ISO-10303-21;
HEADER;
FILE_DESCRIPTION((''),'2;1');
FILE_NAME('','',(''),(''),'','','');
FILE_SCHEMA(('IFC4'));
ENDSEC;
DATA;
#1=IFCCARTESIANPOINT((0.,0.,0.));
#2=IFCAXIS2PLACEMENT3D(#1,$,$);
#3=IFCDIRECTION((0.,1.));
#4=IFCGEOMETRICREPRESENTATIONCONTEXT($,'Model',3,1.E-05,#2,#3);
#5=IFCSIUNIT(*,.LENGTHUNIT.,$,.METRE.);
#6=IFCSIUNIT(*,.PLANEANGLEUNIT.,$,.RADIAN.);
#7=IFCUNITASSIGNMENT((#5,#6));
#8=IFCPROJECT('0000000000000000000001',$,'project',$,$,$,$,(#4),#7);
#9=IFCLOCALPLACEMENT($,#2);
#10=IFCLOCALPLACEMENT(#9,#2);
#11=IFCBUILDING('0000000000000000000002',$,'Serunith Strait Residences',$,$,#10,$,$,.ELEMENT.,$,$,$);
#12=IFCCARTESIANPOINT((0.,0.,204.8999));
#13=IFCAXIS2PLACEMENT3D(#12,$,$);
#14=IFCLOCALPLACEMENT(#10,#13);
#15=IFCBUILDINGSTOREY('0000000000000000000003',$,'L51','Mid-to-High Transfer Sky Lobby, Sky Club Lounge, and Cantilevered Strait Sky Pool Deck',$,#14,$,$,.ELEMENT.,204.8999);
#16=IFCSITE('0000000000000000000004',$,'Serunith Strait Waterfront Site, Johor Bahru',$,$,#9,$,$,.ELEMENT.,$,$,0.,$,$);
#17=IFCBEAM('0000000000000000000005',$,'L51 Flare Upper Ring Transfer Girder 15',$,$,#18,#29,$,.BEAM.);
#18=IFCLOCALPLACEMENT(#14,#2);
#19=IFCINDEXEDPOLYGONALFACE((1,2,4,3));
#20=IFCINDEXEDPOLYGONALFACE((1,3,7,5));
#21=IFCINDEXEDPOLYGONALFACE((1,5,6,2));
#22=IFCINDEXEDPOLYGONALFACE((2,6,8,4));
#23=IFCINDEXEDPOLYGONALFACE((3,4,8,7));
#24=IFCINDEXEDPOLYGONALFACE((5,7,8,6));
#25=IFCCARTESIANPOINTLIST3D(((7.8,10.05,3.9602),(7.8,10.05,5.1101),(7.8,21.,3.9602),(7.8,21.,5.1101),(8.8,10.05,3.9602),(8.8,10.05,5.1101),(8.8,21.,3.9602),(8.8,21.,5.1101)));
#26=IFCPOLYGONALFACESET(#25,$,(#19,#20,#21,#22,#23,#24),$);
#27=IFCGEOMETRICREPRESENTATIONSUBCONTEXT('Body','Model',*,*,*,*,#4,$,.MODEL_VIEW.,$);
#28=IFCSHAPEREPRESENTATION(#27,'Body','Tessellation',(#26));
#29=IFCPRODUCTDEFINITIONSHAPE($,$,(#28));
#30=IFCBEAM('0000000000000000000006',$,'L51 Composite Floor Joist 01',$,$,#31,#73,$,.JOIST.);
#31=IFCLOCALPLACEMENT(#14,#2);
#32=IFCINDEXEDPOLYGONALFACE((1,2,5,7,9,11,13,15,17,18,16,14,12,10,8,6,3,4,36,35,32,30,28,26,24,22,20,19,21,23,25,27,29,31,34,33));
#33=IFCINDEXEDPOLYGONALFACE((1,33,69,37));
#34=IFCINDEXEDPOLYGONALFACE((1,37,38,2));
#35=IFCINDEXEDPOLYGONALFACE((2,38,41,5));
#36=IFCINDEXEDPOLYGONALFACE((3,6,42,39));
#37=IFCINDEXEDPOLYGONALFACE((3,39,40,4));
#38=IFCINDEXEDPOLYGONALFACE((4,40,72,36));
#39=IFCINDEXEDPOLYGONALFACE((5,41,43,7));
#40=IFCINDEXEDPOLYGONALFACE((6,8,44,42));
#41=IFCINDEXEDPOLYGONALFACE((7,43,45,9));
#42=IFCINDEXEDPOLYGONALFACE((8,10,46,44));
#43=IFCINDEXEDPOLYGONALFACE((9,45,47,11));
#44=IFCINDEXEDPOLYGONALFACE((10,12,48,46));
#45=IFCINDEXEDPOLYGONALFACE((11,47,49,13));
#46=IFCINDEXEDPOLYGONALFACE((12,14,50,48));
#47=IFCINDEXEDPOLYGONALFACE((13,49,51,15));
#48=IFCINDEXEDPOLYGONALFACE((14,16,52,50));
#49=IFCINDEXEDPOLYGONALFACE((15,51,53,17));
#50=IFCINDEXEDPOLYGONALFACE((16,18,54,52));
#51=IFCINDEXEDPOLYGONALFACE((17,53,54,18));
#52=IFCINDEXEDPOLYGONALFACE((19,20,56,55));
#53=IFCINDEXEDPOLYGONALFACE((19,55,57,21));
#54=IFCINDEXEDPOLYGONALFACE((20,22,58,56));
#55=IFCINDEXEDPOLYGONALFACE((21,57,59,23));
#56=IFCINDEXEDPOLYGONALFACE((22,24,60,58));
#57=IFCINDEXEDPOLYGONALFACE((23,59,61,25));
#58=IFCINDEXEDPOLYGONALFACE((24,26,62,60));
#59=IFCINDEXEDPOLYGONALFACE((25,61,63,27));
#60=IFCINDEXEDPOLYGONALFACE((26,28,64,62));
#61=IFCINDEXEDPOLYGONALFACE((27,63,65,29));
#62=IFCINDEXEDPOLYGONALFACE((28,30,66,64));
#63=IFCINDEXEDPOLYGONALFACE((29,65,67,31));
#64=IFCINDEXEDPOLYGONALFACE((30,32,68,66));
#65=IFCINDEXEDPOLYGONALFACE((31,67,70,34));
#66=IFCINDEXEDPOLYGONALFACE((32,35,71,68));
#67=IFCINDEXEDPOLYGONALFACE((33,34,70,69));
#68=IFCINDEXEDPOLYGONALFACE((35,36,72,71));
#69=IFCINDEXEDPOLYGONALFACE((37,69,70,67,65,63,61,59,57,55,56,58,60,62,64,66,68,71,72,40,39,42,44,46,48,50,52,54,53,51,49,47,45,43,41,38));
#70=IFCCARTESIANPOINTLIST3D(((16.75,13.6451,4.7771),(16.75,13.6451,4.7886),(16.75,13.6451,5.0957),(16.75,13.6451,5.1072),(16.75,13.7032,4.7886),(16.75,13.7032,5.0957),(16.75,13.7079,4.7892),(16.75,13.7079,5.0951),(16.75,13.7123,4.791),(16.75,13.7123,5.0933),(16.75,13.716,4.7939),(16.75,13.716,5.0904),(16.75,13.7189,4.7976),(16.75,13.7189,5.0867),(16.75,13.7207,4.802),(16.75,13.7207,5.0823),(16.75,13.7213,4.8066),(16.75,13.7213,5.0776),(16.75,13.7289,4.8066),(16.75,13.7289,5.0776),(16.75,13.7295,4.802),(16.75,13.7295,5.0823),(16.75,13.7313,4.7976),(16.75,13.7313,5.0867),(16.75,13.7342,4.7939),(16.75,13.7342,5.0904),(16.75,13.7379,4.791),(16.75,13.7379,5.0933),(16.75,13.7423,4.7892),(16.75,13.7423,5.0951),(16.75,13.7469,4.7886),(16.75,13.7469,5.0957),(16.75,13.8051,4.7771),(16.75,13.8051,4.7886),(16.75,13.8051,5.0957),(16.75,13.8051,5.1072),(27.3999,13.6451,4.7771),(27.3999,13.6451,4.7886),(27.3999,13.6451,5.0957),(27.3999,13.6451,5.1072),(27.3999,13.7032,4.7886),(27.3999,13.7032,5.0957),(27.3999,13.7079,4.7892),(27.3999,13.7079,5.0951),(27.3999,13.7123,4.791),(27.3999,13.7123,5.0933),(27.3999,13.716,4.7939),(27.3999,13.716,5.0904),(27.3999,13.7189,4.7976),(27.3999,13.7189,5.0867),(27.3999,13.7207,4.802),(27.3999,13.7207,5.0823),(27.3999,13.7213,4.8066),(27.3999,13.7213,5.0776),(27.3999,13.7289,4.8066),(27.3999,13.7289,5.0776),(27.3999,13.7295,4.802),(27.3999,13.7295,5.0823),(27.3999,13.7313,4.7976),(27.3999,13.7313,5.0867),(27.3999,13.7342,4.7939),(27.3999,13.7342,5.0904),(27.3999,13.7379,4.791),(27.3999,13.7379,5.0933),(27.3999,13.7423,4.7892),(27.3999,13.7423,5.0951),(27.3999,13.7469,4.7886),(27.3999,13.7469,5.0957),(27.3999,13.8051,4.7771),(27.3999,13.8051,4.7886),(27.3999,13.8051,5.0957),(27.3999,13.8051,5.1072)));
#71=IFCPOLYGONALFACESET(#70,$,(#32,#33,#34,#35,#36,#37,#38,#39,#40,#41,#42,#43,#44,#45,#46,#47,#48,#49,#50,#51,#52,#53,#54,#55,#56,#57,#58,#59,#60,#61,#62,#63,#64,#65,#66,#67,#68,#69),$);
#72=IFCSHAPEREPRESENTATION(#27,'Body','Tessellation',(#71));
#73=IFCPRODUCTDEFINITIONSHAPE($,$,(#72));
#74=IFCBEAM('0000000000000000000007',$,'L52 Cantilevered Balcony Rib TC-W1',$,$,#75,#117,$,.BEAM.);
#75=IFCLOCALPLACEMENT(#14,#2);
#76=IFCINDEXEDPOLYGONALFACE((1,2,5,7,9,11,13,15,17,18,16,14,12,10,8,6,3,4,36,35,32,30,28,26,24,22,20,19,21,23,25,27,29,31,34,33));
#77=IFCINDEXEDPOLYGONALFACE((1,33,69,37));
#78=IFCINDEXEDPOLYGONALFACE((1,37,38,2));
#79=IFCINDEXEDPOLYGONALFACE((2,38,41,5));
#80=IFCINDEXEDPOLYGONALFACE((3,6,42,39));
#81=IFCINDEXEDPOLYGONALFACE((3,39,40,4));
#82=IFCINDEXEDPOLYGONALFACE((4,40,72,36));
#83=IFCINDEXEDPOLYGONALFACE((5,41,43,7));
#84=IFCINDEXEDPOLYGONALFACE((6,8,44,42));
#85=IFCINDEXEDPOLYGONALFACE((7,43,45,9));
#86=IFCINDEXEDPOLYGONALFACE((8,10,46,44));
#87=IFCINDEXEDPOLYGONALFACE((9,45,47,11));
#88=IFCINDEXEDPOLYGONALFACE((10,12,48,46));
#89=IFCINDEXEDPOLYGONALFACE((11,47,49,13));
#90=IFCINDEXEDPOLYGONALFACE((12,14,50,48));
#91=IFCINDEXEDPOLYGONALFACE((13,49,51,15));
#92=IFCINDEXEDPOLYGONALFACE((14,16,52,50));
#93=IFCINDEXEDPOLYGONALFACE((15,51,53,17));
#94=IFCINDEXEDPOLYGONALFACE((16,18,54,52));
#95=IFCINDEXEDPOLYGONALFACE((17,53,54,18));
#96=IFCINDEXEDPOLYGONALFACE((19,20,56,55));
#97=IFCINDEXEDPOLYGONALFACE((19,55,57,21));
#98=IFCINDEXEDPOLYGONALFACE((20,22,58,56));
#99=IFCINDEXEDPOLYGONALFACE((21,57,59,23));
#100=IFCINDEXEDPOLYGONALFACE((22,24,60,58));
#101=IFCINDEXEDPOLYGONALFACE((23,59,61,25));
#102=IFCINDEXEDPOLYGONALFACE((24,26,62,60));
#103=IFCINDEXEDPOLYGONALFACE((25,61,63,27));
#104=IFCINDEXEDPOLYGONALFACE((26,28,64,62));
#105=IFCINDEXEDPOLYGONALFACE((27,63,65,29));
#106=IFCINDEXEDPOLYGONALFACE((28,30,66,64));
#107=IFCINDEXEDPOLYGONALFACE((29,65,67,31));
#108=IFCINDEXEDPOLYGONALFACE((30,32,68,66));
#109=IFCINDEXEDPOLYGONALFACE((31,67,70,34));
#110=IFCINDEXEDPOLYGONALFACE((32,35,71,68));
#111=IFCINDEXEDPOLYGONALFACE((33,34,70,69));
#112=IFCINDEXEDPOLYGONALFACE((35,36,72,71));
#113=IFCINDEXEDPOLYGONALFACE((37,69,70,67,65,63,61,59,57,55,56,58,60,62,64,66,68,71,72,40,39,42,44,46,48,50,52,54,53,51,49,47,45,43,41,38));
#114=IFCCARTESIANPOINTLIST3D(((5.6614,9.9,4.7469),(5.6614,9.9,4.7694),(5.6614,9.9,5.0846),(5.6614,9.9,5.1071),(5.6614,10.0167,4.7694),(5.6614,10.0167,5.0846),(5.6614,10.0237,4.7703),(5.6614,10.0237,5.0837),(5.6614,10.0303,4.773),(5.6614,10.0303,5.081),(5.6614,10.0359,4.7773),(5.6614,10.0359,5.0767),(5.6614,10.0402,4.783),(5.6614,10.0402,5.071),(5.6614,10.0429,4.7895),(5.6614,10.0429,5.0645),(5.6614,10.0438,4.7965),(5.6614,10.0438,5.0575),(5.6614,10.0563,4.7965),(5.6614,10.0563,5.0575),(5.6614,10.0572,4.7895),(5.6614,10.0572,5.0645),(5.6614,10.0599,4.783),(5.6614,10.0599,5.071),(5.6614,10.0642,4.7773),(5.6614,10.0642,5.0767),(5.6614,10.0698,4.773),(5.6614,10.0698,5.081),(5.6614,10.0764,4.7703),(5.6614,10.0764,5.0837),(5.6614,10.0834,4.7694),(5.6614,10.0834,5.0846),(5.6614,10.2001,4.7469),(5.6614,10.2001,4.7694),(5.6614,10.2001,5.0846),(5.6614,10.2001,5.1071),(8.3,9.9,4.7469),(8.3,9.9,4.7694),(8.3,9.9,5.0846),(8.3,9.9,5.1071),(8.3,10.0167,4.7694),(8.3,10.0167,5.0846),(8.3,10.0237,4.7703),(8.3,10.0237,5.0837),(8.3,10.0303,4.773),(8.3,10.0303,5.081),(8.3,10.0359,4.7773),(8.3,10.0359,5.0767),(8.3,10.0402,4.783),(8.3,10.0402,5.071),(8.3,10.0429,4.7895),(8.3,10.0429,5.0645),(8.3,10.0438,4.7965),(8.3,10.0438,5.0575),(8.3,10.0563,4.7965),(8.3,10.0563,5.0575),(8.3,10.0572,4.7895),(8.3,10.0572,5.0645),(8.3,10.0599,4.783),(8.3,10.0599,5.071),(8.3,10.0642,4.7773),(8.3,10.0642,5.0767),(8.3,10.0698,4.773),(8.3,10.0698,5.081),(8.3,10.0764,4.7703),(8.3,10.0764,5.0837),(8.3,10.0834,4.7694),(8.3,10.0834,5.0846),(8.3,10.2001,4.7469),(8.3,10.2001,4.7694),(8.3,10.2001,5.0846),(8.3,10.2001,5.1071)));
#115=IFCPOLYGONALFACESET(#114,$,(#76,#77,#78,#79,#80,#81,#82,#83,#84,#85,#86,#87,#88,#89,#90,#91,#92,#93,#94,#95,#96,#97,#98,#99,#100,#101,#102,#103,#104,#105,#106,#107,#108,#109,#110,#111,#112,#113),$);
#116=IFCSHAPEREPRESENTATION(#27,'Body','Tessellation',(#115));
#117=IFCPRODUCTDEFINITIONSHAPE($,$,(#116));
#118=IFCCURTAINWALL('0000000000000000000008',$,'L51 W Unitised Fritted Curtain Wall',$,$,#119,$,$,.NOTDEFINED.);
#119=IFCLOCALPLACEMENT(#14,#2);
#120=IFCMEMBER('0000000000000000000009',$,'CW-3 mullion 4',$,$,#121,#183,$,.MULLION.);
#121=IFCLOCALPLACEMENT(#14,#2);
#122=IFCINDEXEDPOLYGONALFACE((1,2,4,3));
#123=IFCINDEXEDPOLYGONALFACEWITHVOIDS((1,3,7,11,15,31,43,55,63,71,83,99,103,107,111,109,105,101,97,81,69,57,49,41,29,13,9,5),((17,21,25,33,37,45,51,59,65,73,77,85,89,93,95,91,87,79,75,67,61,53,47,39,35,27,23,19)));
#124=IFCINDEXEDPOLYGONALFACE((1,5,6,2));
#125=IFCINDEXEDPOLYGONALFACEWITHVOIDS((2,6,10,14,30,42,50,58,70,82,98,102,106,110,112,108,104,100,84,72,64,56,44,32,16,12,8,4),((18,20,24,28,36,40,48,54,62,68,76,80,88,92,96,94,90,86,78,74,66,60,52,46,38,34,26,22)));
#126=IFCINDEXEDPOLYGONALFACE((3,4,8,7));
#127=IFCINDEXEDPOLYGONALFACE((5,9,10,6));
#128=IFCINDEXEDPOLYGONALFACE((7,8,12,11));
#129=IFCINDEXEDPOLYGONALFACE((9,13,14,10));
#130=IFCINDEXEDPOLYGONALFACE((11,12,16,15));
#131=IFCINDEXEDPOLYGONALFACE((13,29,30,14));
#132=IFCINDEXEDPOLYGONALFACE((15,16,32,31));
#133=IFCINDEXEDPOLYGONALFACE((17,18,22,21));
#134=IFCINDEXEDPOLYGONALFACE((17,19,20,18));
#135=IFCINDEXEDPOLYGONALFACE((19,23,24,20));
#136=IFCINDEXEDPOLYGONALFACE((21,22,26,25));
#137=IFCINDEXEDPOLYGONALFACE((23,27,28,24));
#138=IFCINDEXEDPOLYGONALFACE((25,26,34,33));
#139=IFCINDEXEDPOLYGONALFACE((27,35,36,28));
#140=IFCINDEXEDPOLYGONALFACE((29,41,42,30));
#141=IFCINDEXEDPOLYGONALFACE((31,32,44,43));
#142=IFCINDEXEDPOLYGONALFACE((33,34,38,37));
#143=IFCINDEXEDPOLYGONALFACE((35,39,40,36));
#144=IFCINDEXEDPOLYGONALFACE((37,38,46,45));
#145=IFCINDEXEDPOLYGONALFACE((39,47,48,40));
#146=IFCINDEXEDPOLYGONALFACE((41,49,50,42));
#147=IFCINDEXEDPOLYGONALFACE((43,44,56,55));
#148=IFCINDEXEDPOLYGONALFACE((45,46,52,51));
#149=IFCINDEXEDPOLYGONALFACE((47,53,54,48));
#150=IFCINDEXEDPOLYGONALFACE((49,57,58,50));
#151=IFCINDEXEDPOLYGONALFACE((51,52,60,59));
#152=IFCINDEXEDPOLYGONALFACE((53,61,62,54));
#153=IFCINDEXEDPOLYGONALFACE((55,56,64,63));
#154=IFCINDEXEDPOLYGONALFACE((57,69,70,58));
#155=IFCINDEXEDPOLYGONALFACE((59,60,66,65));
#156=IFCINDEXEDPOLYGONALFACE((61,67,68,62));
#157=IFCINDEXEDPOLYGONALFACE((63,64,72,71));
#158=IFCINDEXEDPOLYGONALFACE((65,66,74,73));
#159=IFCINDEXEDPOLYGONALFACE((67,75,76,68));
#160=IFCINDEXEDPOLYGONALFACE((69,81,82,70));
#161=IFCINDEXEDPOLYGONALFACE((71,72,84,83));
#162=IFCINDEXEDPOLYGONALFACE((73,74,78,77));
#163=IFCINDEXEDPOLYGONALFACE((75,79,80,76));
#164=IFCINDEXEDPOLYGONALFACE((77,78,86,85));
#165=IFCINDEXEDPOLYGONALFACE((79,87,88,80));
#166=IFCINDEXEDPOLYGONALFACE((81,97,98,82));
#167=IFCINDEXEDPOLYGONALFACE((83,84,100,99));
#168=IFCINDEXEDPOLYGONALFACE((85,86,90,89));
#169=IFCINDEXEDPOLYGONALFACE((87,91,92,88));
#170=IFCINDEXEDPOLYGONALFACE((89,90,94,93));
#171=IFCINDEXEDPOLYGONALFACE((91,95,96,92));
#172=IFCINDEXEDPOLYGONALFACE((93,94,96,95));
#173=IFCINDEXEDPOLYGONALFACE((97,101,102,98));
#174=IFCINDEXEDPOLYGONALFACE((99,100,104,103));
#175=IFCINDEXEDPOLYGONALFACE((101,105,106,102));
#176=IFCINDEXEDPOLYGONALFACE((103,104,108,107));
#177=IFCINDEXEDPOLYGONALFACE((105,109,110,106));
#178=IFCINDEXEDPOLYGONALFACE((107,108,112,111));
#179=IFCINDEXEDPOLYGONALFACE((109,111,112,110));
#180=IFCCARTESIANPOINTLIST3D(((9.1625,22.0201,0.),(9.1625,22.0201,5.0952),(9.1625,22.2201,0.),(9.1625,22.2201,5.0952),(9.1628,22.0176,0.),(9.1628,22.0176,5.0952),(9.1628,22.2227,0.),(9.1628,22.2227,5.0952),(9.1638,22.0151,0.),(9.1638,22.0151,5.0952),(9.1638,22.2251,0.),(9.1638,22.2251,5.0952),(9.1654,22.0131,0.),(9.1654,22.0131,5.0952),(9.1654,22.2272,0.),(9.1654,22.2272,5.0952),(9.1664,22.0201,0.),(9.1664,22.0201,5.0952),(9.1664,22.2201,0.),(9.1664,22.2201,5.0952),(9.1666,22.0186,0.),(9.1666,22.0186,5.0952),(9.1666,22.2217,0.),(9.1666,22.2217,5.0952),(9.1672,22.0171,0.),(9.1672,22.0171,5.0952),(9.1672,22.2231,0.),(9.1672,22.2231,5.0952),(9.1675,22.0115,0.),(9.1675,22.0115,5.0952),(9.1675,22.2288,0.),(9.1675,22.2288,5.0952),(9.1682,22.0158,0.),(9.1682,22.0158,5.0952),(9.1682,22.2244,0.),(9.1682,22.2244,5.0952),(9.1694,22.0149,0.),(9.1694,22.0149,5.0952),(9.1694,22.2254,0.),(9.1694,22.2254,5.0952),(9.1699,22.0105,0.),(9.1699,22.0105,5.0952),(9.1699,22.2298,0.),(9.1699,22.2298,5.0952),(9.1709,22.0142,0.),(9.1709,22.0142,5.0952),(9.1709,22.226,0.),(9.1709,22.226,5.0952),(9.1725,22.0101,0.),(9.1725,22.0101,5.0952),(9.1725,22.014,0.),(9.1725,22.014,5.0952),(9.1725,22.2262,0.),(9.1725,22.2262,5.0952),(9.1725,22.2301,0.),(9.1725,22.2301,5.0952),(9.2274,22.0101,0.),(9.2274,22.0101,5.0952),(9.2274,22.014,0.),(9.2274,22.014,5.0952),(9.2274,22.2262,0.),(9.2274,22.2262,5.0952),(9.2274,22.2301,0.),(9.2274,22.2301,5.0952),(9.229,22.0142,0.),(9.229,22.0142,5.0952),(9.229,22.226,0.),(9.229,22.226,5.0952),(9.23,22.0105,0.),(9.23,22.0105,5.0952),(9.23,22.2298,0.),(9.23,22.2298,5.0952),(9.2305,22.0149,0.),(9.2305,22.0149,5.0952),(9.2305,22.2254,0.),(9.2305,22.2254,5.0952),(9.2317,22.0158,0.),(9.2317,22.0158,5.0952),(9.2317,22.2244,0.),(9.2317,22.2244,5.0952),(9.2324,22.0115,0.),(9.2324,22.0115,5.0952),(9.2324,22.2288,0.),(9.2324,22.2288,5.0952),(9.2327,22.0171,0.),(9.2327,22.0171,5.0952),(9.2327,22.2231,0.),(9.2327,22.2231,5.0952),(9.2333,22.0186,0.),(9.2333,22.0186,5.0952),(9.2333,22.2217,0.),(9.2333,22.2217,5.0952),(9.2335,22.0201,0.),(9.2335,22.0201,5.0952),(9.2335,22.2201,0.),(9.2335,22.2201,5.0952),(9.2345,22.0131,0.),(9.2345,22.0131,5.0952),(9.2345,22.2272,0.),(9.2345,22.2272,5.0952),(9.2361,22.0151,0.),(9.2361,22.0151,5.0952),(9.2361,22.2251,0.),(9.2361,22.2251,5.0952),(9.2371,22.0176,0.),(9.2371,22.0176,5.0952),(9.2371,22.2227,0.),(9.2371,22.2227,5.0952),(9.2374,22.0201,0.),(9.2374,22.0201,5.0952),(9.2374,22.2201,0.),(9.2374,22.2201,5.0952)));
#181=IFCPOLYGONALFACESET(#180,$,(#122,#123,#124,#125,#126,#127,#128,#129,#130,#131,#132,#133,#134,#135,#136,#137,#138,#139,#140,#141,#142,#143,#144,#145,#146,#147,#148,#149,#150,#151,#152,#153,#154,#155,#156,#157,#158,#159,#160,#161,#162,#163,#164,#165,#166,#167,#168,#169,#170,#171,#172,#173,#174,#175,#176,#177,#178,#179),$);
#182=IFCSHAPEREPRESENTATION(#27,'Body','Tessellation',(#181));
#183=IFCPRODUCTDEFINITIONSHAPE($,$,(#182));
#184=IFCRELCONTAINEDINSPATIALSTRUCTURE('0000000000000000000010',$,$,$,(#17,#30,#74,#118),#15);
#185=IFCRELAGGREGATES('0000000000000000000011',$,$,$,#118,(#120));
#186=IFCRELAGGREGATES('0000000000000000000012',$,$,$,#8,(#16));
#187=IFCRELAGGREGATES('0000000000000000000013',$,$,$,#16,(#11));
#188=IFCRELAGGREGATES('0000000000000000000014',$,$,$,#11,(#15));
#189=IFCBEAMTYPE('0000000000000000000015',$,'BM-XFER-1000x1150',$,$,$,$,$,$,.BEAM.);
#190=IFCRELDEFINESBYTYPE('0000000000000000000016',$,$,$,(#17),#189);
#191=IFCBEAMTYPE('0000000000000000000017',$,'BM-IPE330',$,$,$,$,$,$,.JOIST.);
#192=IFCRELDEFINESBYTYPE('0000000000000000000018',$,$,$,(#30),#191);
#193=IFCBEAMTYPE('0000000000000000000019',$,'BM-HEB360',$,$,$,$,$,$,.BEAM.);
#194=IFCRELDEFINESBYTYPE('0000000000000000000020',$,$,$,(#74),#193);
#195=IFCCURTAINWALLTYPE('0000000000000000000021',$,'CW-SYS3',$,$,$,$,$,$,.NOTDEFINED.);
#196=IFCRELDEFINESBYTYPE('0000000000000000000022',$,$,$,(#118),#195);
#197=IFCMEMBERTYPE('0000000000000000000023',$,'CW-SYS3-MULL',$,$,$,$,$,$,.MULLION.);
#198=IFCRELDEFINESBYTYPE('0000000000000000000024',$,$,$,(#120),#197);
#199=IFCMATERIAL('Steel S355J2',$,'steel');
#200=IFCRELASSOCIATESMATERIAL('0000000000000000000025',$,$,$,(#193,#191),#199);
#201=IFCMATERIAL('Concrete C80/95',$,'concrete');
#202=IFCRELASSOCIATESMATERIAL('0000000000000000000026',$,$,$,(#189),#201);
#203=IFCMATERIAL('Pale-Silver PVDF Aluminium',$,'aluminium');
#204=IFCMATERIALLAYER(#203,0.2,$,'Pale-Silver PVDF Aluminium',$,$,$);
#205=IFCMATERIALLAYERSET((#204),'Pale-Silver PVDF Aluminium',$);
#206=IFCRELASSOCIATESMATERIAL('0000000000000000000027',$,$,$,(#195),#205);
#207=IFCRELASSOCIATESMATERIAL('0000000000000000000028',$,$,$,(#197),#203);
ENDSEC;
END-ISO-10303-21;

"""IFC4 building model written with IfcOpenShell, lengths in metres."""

from ifc_helpers import new_model, si_unit, direction, frame, origin, origin_2d, place, context, subcontext, project, spatial, rectangle, hollow_rectangle, i_section, extrude, source, transform, mapped, material, layer, layer_set, material_profile, profile_set, type_object, element, aggregate, save


model = new_model("IFC4")

# Units and contexts
model_context = context("Model", 3, precision=1e-05, world=origin(), true_north=direction((0.0, 1.0)))
body_context = subcontext(model_context, "Body", "Model", "MODEL_VIEW")
ifc_project = project(units=[si_unit("LENGTHUNIT", "METRE"), si_unit("PLANEANGLEUNIT", "RADIAN")], contexts=[model_context])

# Site, building, storey
site_placement = place(None, origin())
site = spatial("IfcSite", under=ifc_project, at=site_placement, Name="Serunith Strait Waterfront Site, Johor Bahru", CompositionType="ELEMENT", RefElevation=0.0)
building_placement = place(site_placement, origin())
building = spatial("IfcBuilding", under=site, at=building_placement, Name="Serunith Strait Residences", CompositionType="ELEMENT")
storey_placement = place(building_placement, frame((0.0, 0.0, 204.8999)))
storey = spatial("IfcBuildingStorey", under=building, at=storey_placement, Name="L51", Description="Mid-to-High Transfer Sky Lobby, Sky Club Lounge, and Cantilevered Strait Sky Pool Deck", CompositionType="ELEMENT", Elevation=204.8999)

# Shared definitions
ifc_material_1 = material(Name="Concrete C80/95", Category="concrete")

# Beams
ifc_material_2 = material(Name="Steel S355J2", Category="steel")
ifc_material_profile_1 = material_profile(ifc_material_2, i_section(OverallWidth=0.3, OverallDepth=0.3601, WebThickness=0.0125, FlangeThickness=0.0225, FilletRadius=0.0271, at=origin_2d()), Name="HEB 360")
ifc_profile_set_1 = profile_set([ifc_material_profile_1], Name="Steel S355J2")
beam_type_1 = type_object("IfcBeamType", Name="BM-HEB360", PredefinedType="BEAM", material=ifc_profile_set_1)
ifc_material_profile_2 = material_profile(ifc_material_1, rectangle(XDim=1.0, YDim=1.1499, at=origin_2d()), Name="RC 1000x1150")
ifc_profile_set_2 = profile_set([ifc_material_profile_2], Name="Concrete C80/95")
beam_type_2 = type_object("IfcBeamType", Name="BM-XFER-1000x1150", PredefinedType="BEAM", material=ifc_profile_set_2)
shared_shape_1 = source(origin(), body_context, "Body", "SweptSolid", [
    extrude(rectangle(XDim=1.0, YDim=1.1499, at=origin_2d()), origin(), (0.0, 0.0, 1.0), 10.95),
])
beam_1_placement = place(storey_placement, frame((8.3, 21.0, 4.5352), z_axis=(0.0, -1.0, 0.0), x_axis=(1.0, 0.0, 0.0)))
element("IfcBeam", 1, at=beam_1_placement, inside=storey, type_object=beam_type_2, Name="L51 Flare Upper Ring Transfer Girder 15", PredefinedType="BEAM", context=body_context, shape_type="MappedRepresentation", body=[
    mapped(shared_shape_1, transform((0.0, 0.0, 0.0), scale=1.0)),
])
ifc_material_profile_3 = material_profile(ifc_material_2, i_section(OverallWidth=0.1599, OverallDepth=0.3301, WebThickness=0.0076, FlangeThickness=0.0115, FilletRadius=0.0181, at=origin_2d()), Name="IPE 330")
ifc_profile_set_3 = profile_set([ifc_material_profile_3], Name="Steel S355J2")
beam_type_3 = type_object("IfcBeamType", Name="BM-IPE330", PredefinedType="JOIST", material=ifc_profile_set_3)
shared_shape_2 = source(origin(), body_context, "Body", "SweptSolid", [
    extrude(i_section(OverallWidth=0.1599, OverallDepth=0.3301, WebThickness=0.0076, FlangeThickness=0.0115, FilletRadius=0.0181, at=origin_2d()), origin(), (0.0, 0.0, 1.0), 10.6499),
])
beam_2_placement = place(storey_placement, frame((16.75, 13.7251, 4.9421), z_axis=(1.0, 0.0, 0.0), x_axis=(0.0, 1.0, 0.0)))
element("IfcBeam", 2, at=beam_2_placement, inside=storey, type_object=beam_type_3, Name="L51 Composite Floor Joist 01", PredefinedType="JOIST", context=body_context, shape_type="MappedRepresentation", body=[
    mapped(shared_shape_2, transform((0.0, 0.0, 0.0), scale=1.0)),
])
shared_shape_3 = source(origin(), body_context, "Body", "SweptSolid", [
    extrude(i_section(OverallWidth=0.3, OverallDepth=0.3601, WebThickness=0.0125, FlangeThickness=0.0225, FilletRadius=0.0271, at=origin_2d()), origin(), (0.0, 0.0, 1.0), 2.6387),
])
beam_3_placement = place(storey_placement, frame((8.3, 10.05, 4.927), z_axis=(-1.0, 0.0, 0.0), x_axis=(0.0, -1.0, 0.0)))
element("IfcBeam", 3, at=beam_3_placement, inside=storey, type_object=beam_type_1, Name="L52 Cantilevered Balcony Rib TC-W1", PredefinedType="BEAM", context=body_context, shape_type="MappedRepresentation", body=[
    mapped(shared_shape_3, transform((0.0, 0.0, 0.0), scale=1.0)),
])

# Curtain wall, member
ifc_material_3 = material(Name="Pale-Silver PVDF Aluminium", Category="aluminium")
ifc_layer_1 = layer(ifc_material_3, 0.2, Name="Pale-Silver PVDF Aluminium")
ifc_layer_set_1 = layer_set([ifc_layer_1], Name="Pale-Silver PVDF Aluminium")
curtain_wall_type = type_object("IfcCurtainWallType", Name="CW-SYS3", PredefinedType="NOTDEFINED", material=ifc_layer_set_1)
curtain_wall_placement = place(storey_placement, origin())
curtain_wall = element("IfcCurtainWall", 4, at=curtain_wall_placement, inside=storey, type_object=curtain_wall_type, Name="L51 W Unitised Fritted Curtain Wall", PredefinedType="NOTDEFINED")
ifc_material_profile_4 = material_profile(ifc_material_3, hollow_rectangle(XDim=0.075, YDim=0.22, WallThickness=0.0039, InnerFilletRadius=0.0061, OuterFilletRadius=0.01, at=origin_2d()), Name="ALU 220x75x4")
ifc_profile_set_4 = profile_set([ifc_material_profile_4], Name="Pale-Silver PVDF Aluminium")
member_type_1 = type_object("IfcMemberType", Name="CW-SYS3-MULL", PredefinedType="MULLION", material=ifc_profile_set_4)
shared_shape_4 = source(origin(), body_context, "Body", "SweptSolid", [
    extrude(hollow_rectangle(XDim=0.075, YDim=0.22, WallThickness=0.0039, InnerFilletRadius=0.0061, OuterFilletRadius=0.01, at=origin_2d()), origin(), (0.0, 0.0, 1.0), 5.0952),
])
member_1_placement = place(storey_placement, frame((9.2, 22.1201, 0.0), z_axis=(0.0, 0.0, 1.0), x_axis=(1.0, 0.0, 0.0)))
member_1 = element("IfcMember", 5, at=member_1_placement, type_object=member_type_1, Name="CW-3 mullion 4", PredefinedType="MULLION", context=body_context, shape_type="MappedRepresentation", body=[
    mapped(shared_shape_4, transform((0.0, 0.0, 0.0), scale=1.0)),
])
aggregate(curtain_wall, [member_1])

save(model, "model.ifc")
